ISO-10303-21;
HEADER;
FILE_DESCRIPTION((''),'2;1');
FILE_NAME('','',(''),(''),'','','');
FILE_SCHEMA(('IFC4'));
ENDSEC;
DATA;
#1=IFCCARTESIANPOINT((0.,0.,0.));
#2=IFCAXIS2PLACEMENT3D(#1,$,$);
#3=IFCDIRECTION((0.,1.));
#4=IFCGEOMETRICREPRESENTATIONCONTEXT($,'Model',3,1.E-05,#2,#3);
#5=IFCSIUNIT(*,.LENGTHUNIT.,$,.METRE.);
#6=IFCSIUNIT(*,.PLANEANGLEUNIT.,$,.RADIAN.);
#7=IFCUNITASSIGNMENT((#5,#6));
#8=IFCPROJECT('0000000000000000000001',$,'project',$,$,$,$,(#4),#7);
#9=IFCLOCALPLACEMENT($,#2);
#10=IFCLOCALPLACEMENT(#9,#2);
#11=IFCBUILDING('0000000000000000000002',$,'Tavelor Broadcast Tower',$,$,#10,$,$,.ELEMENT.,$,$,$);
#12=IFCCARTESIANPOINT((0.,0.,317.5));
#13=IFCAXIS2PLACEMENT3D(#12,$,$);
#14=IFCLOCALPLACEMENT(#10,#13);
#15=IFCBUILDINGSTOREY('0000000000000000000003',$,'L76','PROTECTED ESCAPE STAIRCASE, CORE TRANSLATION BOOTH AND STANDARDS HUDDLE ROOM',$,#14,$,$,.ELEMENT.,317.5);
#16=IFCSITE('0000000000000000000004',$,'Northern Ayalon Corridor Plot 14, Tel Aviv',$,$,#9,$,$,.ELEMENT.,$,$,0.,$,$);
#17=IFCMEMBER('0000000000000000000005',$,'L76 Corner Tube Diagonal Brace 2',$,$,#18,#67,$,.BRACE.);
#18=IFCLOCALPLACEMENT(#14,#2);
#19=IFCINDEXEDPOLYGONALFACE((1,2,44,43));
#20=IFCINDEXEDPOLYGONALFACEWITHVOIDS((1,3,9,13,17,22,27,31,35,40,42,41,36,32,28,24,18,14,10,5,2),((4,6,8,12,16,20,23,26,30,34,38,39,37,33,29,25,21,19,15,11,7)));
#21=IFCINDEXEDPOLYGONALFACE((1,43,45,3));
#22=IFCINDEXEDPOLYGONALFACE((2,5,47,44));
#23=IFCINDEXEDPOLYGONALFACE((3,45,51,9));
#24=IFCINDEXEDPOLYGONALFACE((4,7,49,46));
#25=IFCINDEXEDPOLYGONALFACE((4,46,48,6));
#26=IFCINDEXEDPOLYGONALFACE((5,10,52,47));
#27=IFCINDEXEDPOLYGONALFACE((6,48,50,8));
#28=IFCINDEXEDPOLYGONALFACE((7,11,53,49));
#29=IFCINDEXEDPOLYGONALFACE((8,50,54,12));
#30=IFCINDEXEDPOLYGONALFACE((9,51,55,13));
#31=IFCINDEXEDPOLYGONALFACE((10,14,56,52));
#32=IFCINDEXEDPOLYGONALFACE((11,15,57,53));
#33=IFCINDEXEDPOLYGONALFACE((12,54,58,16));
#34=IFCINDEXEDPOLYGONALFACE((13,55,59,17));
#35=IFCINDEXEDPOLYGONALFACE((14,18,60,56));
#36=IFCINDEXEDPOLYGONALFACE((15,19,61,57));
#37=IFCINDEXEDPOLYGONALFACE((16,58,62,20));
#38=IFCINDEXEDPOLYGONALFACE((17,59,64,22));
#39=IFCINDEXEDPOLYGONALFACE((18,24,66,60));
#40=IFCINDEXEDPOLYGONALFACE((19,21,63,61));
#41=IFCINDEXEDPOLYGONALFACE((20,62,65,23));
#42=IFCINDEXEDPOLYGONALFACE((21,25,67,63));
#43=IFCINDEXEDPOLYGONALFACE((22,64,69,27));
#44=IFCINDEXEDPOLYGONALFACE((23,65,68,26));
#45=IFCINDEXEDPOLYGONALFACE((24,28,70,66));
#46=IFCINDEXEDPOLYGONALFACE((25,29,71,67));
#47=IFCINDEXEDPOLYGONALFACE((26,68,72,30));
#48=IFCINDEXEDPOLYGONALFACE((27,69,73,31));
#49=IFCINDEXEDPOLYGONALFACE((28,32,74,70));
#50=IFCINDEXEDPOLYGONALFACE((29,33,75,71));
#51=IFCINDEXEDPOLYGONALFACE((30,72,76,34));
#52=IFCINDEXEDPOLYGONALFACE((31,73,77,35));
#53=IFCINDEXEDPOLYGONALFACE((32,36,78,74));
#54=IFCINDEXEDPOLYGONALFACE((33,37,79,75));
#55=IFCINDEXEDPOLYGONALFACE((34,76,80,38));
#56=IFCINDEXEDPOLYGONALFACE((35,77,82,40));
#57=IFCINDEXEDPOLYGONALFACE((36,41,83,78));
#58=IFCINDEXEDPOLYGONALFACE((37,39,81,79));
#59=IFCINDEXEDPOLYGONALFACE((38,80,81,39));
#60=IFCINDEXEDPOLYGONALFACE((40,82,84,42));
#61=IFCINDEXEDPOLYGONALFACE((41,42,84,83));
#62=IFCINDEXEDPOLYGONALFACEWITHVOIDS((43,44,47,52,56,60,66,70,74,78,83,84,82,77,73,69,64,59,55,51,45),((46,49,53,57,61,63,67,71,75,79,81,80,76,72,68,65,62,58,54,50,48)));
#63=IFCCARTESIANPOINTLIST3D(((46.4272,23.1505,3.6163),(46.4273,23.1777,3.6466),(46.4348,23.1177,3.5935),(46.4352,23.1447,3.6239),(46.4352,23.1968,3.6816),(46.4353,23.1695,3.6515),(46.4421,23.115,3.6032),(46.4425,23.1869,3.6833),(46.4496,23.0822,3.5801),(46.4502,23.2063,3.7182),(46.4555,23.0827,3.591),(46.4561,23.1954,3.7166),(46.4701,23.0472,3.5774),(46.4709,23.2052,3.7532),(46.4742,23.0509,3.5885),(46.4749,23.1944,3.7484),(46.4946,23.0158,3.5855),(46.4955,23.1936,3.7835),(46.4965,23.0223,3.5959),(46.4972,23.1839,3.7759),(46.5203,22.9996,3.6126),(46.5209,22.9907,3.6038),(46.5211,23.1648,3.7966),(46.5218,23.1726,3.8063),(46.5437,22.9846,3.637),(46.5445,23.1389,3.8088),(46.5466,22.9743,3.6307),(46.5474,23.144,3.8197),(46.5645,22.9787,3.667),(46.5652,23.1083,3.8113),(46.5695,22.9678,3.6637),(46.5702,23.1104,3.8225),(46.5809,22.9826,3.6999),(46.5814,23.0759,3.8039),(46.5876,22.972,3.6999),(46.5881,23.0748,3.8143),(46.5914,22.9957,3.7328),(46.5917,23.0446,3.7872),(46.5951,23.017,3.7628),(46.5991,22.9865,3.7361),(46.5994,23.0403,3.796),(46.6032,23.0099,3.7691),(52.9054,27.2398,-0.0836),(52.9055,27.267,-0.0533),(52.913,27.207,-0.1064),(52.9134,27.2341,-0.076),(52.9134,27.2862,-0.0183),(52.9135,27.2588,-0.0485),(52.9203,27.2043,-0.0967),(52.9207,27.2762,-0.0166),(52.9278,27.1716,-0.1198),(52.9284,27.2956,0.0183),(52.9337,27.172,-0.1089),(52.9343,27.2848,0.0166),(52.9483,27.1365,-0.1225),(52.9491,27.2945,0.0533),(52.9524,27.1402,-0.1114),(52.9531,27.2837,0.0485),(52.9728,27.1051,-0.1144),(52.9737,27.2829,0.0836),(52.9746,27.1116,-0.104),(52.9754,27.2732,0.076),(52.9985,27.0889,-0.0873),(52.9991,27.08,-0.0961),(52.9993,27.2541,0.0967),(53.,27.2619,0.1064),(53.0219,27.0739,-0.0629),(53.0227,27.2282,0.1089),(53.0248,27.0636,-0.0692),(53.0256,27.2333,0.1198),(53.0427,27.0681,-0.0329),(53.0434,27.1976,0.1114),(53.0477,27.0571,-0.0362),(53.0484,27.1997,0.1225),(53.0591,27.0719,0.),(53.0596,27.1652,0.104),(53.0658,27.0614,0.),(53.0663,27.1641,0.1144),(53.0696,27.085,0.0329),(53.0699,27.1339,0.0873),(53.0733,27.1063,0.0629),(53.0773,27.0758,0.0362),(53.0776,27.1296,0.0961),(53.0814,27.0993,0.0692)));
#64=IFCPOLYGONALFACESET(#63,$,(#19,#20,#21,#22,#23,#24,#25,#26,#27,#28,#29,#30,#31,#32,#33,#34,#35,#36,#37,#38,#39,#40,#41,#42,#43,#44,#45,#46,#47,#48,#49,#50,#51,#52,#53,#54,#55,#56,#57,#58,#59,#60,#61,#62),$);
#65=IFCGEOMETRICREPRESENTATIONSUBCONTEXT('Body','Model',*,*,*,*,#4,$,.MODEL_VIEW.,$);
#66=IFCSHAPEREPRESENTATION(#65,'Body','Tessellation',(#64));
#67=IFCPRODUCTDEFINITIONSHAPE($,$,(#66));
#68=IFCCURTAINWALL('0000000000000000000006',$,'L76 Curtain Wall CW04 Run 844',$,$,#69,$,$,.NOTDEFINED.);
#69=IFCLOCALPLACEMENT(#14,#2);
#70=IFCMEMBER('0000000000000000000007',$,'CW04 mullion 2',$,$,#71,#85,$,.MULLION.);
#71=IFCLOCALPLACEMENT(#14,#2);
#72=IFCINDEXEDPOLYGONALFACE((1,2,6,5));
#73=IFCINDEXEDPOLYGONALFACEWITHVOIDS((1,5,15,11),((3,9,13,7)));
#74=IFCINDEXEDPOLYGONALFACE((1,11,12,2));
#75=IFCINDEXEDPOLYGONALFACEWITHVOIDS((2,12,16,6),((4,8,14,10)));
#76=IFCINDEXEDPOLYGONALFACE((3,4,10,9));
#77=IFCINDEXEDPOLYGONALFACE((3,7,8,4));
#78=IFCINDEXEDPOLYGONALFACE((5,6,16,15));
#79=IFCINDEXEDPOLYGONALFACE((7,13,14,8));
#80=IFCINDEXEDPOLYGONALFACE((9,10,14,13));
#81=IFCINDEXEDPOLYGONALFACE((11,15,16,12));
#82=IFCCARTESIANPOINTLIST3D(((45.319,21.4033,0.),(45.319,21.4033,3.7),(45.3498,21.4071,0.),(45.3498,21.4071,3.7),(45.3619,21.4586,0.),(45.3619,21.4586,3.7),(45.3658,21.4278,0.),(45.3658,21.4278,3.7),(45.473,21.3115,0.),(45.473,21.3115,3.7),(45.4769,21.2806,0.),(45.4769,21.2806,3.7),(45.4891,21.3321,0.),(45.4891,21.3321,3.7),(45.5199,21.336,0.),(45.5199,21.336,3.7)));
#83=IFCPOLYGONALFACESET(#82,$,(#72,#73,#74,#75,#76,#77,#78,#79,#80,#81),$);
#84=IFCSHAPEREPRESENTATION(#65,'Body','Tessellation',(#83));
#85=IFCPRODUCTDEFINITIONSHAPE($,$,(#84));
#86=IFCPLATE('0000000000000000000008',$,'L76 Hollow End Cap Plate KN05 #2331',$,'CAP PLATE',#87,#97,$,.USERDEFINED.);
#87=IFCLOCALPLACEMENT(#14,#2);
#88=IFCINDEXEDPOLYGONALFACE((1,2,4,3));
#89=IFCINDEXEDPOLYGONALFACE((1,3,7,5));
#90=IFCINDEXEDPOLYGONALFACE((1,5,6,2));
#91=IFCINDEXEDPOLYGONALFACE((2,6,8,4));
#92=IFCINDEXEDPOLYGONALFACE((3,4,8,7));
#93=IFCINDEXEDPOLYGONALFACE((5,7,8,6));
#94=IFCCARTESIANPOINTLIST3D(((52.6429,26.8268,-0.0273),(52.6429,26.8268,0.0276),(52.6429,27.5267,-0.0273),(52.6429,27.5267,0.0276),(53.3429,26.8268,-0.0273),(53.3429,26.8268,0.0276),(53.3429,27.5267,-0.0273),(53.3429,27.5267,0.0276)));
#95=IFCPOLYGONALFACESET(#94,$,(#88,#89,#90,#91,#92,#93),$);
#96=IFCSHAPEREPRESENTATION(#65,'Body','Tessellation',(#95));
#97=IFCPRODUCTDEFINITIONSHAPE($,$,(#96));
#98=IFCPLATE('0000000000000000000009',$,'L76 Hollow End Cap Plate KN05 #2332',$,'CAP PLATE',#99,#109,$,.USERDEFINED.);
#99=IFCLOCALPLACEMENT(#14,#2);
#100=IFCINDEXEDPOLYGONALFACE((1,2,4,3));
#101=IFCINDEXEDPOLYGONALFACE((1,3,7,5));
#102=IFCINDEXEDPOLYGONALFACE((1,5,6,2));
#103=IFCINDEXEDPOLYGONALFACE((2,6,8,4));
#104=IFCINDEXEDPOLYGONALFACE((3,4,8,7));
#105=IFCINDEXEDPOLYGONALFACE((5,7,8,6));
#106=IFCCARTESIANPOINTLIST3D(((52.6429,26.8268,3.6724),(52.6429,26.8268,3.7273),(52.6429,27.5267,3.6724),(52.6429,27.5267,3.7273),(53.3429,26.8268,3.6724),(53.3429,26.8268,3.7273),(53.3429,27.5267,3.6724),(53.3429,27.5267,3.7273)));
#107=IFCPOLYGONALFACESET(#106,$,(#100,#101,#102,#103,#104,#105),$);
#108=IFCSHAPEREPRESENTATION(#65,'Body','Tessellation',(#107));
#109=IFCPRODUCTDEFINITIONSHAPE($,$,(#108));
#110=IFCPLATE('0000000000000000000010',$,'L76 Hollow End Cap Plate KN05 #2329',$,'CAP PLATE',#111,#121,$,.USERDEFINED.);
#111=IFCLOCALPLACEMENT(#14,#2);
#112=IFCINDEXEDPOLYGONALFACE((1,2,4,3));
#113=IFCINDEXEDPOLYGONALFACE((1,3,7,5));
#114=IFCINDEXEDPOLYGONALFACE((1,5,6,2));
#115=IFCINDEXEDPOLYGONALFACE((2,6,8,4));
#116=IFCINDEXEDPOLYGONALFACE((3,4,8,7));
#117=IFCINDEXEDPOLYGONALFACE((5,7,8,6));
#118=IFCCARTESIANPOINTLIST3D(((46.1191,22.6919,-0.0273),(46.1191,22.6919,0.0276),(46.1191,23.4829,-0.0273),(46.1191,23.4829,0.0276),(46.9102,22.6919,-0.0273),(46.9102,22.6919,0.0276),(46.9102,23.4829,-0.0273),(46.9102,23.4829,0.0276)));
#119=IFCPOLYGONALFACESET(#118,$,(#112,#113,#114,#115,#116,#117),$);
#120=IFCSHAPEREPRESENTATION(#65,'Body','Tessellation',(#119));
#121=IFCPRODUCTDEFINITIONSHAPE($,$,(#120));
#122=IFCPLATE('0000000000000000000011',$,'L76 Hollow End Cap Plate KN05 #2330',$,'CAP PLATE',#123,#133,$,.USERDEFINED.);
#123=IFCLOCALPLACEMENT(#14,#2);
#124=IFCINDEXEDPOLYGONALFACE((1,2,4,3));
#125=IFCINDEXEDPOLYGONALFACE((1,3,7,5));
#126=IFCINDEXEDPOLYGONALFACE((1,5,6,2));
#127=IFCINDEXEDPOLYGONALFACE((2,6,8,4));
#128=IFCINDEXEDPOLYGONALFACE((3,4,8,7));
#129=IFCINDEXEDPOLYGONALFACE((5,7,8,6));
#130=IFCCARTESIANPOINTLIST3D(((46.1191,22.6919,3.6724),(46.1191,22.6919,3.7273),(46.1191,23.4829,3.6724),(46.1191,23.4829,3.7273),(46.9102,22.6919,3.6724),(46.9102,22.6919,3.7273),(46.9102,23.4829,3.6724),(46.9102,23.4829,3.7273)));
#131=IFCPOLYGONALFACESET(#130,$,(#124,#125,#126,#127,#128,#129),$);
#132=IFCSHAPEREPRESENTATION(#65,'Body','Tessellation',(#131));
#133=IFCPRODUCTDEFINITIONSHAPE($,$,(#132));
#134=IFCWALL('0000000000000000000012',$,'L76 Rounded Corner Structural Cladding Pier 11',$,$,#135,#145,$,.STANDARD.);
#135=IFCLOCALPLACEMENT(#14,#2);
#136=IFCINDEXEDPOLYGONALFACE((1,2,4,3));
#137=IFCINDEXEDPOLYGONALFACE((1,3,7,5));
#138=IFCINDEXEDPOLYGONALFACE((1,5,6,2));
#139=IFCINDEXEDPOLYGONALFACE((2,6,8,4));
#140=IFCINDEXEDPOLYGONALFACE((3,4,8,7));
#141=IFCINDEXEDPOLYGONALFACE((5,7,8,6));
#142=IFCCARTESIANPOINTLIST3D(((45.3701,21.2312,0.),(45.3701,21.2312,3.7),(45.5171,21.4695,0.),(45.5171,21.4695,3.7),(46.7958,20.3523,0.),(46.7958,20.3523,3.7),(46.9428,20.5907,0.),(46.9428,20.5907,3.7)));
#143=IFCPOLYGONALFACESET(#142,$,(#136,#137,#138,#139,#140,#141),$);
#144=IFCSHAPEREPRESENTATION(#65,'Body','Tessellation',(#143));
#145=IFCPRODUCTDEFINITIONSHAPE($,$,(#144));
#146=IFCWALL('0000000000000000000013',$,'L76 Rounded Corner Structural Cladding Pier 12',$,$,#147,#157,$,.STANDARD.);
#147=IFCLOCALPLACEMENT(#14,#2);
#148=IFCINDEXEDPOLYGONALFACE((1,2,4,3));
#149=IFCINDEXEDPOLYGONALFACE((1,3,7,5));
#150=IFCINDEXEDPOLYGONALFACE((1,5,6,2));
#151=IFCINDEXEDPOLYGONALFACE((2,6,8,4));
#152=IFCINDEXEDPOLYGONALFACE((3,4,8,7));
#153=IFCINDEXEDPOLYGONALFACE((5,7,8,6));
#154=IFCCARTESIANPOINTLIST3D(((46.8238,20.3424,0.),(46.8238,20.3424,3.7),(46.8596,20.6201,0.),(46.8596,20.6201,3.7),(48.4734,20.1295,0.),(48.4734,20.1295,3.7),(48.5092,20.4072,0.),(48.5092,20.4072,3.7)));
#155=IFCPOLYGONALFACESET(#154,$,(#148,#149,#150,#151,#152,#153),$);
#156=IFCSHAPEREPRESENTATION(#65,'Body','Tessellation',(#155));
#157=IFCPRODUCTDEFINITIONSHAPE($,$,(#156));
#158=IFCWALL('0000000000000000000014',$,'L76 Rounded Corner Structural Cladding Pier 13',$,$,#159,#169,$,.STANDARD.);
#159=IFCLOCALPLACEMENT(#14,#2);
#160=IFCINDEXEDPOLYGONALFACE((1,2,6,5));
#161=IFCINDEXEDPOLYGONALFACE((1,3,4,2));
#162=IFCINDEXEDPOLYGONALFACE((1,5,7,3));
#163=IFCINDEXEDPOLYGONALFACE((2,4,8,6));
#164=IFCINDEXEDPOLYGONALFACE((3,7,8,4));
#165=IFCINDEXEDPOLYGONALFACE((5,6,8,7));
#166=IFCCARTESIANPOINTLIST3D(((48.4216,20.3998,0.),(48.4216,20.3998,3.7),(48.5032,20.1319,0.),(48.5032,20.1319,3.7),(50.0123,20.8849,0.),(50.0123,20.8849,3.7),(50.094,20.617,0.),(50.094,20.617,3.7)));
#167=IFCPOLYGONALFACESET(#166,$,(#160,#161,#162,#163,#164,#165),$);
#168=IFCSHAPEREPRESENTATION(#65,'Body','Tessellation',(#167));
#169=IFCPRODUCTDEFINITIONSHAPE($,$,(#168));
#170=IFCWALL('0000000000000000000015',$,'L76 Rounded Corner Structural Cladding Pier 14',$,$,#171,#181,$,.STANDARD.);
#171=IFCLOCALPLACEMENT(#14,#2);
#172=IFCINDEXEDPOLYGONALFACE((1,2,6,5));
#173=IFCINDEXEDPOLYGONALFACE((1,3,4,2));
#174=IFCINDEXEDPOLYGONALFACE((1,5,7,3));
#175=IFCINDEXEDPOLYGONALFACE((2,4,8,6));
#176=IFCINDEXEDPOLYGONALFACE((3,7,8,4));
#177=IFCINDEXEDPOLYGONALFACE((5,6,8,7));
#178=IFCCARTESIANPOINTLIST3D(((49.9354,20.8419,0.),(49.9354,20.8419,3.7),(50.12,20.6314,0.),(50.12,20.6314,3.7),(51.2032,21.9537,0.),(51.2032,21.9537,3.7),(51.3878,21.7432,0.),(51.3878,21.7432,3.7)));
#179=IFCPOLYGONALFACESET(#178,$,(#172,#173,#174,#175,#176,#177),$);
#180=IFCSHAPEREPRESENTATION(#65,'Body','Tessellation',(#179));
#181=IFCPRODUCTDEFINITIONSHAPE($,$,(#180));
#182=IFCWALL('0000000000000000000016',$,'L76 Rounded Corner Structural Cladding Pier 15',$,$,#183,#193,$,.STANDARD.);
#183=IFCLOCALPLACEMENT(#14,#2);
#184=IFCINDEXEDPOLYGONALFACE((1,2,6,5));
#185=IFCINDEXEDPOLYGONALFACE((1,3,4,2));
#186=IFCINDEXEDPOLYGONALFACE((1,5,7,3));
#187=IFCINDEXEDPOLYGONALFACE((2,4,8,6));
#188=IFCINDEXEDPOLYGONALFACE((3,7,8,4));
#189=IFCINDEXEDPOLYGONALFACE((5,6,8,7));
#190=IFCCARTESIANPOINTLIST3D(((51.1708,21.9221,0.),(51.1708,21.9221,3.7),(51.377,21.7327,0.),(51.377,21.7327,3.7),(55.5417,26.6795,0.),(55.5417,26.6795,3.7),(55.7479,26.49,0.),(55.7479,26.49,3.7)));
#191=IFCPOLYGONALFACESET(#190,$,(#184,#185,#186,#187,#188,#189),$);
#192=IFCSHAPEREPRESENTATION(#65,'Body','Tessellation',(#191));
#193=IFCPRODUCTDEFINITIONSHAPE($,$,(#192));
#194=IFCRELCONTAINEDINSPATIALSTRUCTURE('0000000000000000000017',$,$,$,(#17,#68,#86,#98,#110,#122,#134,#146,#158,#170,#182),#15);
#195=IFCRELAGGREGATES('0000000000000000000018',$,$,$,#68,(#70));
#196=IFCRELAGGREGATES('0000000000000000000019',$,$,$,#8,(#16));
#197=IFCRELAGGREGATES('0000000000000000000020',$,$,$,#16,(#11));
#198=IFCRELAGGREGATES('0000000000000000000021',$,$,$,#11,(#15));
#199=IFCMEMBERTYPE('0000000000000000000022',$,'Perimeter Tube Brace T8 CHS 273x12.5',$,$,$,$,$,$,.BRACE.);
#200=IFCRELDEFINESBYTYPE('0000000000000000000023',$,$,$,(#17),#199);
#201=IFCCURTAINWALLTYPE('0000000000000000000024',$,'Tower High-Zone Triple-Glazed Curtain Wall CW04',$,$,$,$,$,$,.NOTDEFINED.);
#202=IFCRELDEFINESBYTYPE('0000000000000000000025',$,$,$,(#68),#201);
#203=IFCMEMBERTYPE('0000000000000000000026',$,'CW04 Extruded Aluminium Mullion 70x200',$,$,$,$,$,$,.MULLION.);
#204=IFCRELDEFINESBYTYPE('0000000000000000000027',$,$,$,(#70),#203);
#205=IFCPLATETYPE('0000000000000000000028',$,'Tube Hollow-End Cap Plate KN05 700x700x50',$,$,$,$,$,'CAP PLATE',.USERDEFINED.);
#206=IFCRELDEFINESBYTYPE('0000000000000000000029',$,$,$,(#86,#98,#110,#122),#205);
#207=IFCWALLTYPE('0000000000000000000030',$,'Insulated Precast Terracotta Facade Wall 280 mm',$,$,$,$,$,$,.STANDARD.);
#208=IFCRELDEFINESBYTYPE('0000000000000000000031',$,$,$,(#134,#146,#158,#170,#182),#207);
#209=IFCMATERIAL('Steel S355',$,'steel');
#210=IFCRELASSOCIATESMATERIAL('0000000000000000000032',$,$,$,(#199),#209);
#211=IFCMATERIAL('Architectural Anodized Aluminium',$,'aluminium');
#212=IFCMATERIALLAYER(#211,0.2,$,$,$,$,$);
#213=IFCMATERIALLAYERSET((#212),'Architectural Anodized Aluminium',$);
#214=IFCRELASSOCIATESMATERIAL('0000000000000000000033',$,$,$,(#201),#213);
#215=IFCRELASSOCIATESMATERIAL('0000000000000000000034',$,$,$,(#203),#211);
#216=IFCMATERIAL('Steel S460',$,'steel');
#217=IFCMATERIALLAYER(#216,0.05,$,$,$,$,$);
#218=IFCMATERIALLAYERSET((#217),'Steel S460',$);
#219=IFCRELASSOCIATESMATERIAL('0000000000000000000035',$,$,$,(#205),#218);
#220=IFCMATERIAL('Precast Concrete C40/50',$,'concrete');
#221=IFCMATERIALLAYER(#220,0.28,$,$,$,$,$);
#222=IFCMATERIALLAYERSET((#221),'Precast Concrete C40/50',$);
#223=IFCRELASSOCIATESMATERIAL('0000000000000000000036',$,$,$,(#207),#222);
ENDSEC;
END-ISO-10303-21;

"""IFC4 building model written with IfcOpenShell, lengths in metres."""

from ifc_helpers import new_model, si_unit, direction, frame, frame_2d, origin, origin_2d, place, context, subcontext, project, spatial, rectangle, hollow_rectangle, hollow_circle, extrude, source, transform, mapped, material, layer, layer_set, material_profile, profile_set, type_object, type_shapes, element, aggregate, save


model = new_model("IFC4")

# Units and contexts
model_context = context("Model", 3, precision=1e-05, world=origin(), true_north=direction((0.0, 1.0)))
body_context = subcontext(model_context, "Body", "Model", "MODEL_VIEW")
ifc_project = project(units=[si_unit("LENGTHUNIT", "METRE"), si_unit("PLANEANGLEUNIT", "RADIAN")], contexts=[model_context])

# Site, building, storey
site_placement = place(None, origin())
site = spatial("IfcSite", under=ifc_project, at=site_placement, Name="Northern Ayalon Corridor Plot 14, Tel Aviv", CompositionType="ELEMENT", RefElevation=0.0)
building_placement = place(site_placement, origin())
building = spatial("IfcBuilding", under=site, at=building_placement, Name="Tavelor Broadcast Tower", CompositionType="ELEMENT")
storey_placement = place(building_placement, frame((0.0, 0.0, 317.5)))
storey = spatial("IfcBuildingStorey", under=building, at=storey_placement, Name="L76", Description="PROTECTED ESCAPE STAIRCASE, CORE TRANSLATION BOOTH AND STANDARDS HUDDLE ROOM", CompositionType="ELEMENT", Elevation=317.5)

# Shared definitions
ifc_material_1 = material(Name="Steel S460", Category="steel")

# Shared definitions
ifc_material_2 = material(Name="Steel S355", Category="steel")

# Member
ifc_material_profile_1 = material_profile(ifc_material_2, hollow_circle(Radius=0.1365, WallThickness=0.0125, at=origin_2d()), Name="CHS 273x12.5")
ifc_profile_set_1 = profile_set([ifc_material_profile_1], Name="Steel S355")
member_type_1 = type_object("IfcMemberType", Name="Perimeter Tube Brace T8 CHS 273x12.5", PredefinedType="BRACE", material=ifc_profile_set_1)
member_1_placement = place(storey_placement, frame((52.9929, 27.1768, 0.0), z_axis=(-0.761462, -0.480667, 0.434896), x_axis=(0.533789, -0.845618, 0.0)))
element("IfcMember", 1, at=member_1_placement, inside=storey, type_object=member_type_1, Name="L76 Corner Tube Diagonal Brace 2", PredefinedType="BRACE", context=body_context, shape_type="SweptSolid", body=[
    extrude(hollow_circle(Radius=0.1365, WallThickness=0.0125, at=origin_2d()), origin(), (0.0, 0.0, 1.0), 8.5076),
])

# Curtain wall, member
ifc_material_3 = material(Name="Architectural Anodized Aluminium", Category="aluminium")
ifc_layer_1 = layer(ifc_material_3, 0.2)
ifc_layer_set_1 = layer_set([ifc_layer_1], Name="Architectural Anodized Aluminium")
curtain_wall_type = type_object("IfcCurtainWallType", Name="Tower High-Zone Triple-Glazed Curtain Wall CW04", PredefinedType="NOTDEFINED", material=ifc_layer_set_1)
curtain_wall_placement = place(storey_placement, origin())
curtain_wall = element("IfcCurtainWall", 2, at=curtain_wall_placement, inside=storey, type_object=curtain_wall_type, Name="L76 Curtain Wall CW04 Run 844", PredefinedType="NOTDEFINED")
ifc_material_profile_2 = material_profile(ifc_material_3, hollow_rectangle(XDim=0.0701, YDim=0.2, WallThickness=0.022, at=origin_2d()), Name="RHS 70x200x22")
ifc_profile_set_2 = profile_set([ifc_material_profile_2], Name="Architectural Anodized Aluminium")
member_type_2 = type_object("IfcMemberType", Name="CW04 Extruded Aluminium Mullion 70x200", PredefinedType="MULLION", material=ifc_profile_set_2)
shared_shape_1 = source(origin(), body_context, "Body", "SweptSolid", [
    extrude(hollow_rectangle(XDim=0.0701, YDim=0.2, WallThickness=0.022, at=origin_2d()), origin(), (0.0, 0.0, 1.0), 3.7),
])
type_shapes(member_type_2, [shared_shape_1])
member_2_placement = place(storey_placement, frame((45.4194, 21.3696, 0.0), z_axis=(0.0, 0.0, 1.0), x_axis=(0.613235, 0.789901, 0.0)))
member_2 = element("IfcMember", 3, at=member_2_placement, type_object=member_type_2, Name="CW04 mullion 2", PredefinedType="MULLION", context=body_context, shape_type="MappedRepresentation", body=[
    mapped(shared_shape_1, transform((0.0, 0.0, 0.0), scale=1.0)),
])
aggregate(curtain_wall, [member_2])

# Plates
ifc_layer_2 = layer(ifc_material_1, 0.05)
ifc_layer_set_2 = layer_set([ifc_layer_2], Name="Steel S460")
plate_type = type_object("IfcPlateType", Name="Tube Hollow-End Cap Plate KN05 700x700x50", ElementType="CAP PLATE", PredefinedType="USERDEFINED", material=ifc_layer_set_2)
shared_shape_2 = source(origin(), body_context, "Body", "SweptSolid", [
    extrude(rectangle(XDim=0.7, YDim=0.7, at=origin_2d()), origin(), (0.0, 0.0, 1.0), 0.0549),
])
for number, where, z_axis, x_axis, name in (
    (4, (52.9929, 27.1768, -0.0273), (0.0, 0.0, 1.0), (1.0, 0.0, 0.0), "L76 Hollow End Cap Plate KN05 #2331"),
    (5, (52.9929, 27.1768, 3.6724), (0.0, 0.0, 1.0), (1.0, 0.0, 0.0), "L76 Hollow End Cap Plate KN05 #2332"),
):
    element("IfcPlate", number, at=place(storey_placement, frame(where, z_axis=z_axis, x_axis=x_axis)), inside=storey, type_object=plate_type, Name=name, ObjectType="CAP PLATE", PredefinedType="USERDEFINED", context=body_context, shape_type="MappedRepresentation", body=[
        mapped(shared_shape_2, transform((0.0, 0.0, 0.0), scale=1.0)),
    ])
shared_shape_3 = source(origin(), body_context, "Body", "SweptSolid", [
    extrude(rectangle(XDim=0.791, YDim=0.791, at=origin_2d()), origin(), (0.0, 0.0, 1.0), 0.0549),
])
type_shapes(plate_type, [shared_shape_2, shared_shape_3])
for number, where, z_axis, x_axis, name in (
    (6, (46.5146, 23.0874, -0.0273), (0.0, 0.0, 1.0), (1.0, 0.0, 0.0), "L76 Hollow End Cap Plate KN05 #2329"),
    (7, (46.5146, 23.0874, 3.6724), (0.0, 0.0, 1.0), (1.0, 0.0, 0.0), "L76 Hollow End Cap Plate KN05 #2330"),
):
    element("IfcPlate", number, at=place(storey_placement, frame(where, z_axis=z_axis, x_axis=x_axis)), inside=storey, type_object=plate_type, Name=name, ObjectType="CAP PLATE", PredefinedType="USERDEFINED", context=body_context, shape_type="MappedRepresentation", body=[
        mapped(shared_shape_3, transform((0.0, 0.0, 0.0), scale=1.0)),
    ])

# Walls
ifc_material_4 = material(Name="Precast Concrete C40/50", Category="concrete")
ifc_layer_3 = layer(ifc_material_4, 0.28)
ifc_layer_set_3 = layer_set([ifc_layer_3], Name="Precast Concrete C40/50")
wall_type_1 = type_object("IfcWallType", Name="Insulated Precast Terracotta Facade Wall 280 mm", PredefinedType="STANDARD", material=ifc_layer_set_3)
wall_1_placement = place(storey_placement, frame((45.4436, 21.3503, 0.0), z_axis=(0.0, 0.0, 1.0), x_axis=(0.851258, -0.524748, 0.0)))
element("IfcWall", 8, at=wall_1_placement, inside=storey, type_object=wall_type_1, Name="L76 Rounded Corner Structural Cladding Pier 11", PredefinedType="STANDARD", context=body_context, shape_type="SweptSolid", body=[
    extrude(rectangle(XDim=1.6748, YDim=0.28, at=frame_2d((0.8374, 0.0))), origin(), (0.0, 0.0, 1.0), 3.7),
])
wall_2_placement = place(storey_placement, frame((46.8418, 20.4812, 0.0), z_axis=(0.0, 0.0, 1.0), x_axis=(0.991775, -0.12799, 0.0)))
element("IfcWall", 9, at=wall_2_placement, inside=storey, type_object=wall_type_1, Name="L76 Rounded Corner Structural Cladding Pier 12", PredefinedType="STANDARD", context=body_context, shape_type="SweptSolid", body=[
    extrude(rectangle(XDim=1.6633, YDim=0.28, at=frame_2d((0.8315, 0.0))), origin(), (0.0, 0.0, 1.0), 3.7),
])
wall_3_placement = place(storey_placement, frame((48.4624, 20.2659, 0.0), z_axis=(0.0, 0.0, 1.0), x_axis=(0.956516, 0.291681, 0.0)))
element("IfcWall", 10, at=wall_3_placement, inside=storey, type_object=wall_type_1, Name="L76 Rounded Corner Structural Cladding Pier 13", PredefinedType="STANDARD", context=body_context, shape_type="SweptSolid", body=[
    extrude(rectangle(XDim=1.6631, YDim=0.28, at=frame_2d((0.8315, 0.0))), origin(), (0.0, 0.0, 1.0), 3.7),
])
wall_4_placement = place(storey_placement, frame((50.0276, 20.7366, 0.0), z_axis=(0.0, 0.0, 1.0), x_axis=(0.75185, 0.659334, 0.0)))
element("IfcWall", 11, at=wall_4_placement, inside=storey, type_object=wall_type_1, Name="L76 Rounded Corner Structural Cladding Pier 14", PredefinedType="STANDARD", context=body_context, shape_type="SweptSolid", body=[
    extrude(rectangle(XDim=1.6863, YDim=0.28, at=frame_2d((0.8433, 0.0))), origin(), (0.0, 0.0, 1.0), 3.7),
])
wall_5_placement = place(storey_placement, frame((51.2739, 21.8274, 0.0), z_axis=(0.0, 0.0, 1.0), x_axis=(0.676563, 0.736385, 0.0)))
element("IfcWall", 12, at=wall_5_placement, inside=storey, type_object=wall_type_1, Name="L76 Rounded Corner Structural Cladding Pier 15", PredefinedType="STANDARD", context=body_context, shape_type="SweptSolid", body=[
    extrude(rectangle(XDim=6.4604, YDim=0.28, at=frame_2d((3.2302, 0.0))), origin(), (0.0, 0.0, 1.0), 3.7),
])

save(model, "model.ifc")
